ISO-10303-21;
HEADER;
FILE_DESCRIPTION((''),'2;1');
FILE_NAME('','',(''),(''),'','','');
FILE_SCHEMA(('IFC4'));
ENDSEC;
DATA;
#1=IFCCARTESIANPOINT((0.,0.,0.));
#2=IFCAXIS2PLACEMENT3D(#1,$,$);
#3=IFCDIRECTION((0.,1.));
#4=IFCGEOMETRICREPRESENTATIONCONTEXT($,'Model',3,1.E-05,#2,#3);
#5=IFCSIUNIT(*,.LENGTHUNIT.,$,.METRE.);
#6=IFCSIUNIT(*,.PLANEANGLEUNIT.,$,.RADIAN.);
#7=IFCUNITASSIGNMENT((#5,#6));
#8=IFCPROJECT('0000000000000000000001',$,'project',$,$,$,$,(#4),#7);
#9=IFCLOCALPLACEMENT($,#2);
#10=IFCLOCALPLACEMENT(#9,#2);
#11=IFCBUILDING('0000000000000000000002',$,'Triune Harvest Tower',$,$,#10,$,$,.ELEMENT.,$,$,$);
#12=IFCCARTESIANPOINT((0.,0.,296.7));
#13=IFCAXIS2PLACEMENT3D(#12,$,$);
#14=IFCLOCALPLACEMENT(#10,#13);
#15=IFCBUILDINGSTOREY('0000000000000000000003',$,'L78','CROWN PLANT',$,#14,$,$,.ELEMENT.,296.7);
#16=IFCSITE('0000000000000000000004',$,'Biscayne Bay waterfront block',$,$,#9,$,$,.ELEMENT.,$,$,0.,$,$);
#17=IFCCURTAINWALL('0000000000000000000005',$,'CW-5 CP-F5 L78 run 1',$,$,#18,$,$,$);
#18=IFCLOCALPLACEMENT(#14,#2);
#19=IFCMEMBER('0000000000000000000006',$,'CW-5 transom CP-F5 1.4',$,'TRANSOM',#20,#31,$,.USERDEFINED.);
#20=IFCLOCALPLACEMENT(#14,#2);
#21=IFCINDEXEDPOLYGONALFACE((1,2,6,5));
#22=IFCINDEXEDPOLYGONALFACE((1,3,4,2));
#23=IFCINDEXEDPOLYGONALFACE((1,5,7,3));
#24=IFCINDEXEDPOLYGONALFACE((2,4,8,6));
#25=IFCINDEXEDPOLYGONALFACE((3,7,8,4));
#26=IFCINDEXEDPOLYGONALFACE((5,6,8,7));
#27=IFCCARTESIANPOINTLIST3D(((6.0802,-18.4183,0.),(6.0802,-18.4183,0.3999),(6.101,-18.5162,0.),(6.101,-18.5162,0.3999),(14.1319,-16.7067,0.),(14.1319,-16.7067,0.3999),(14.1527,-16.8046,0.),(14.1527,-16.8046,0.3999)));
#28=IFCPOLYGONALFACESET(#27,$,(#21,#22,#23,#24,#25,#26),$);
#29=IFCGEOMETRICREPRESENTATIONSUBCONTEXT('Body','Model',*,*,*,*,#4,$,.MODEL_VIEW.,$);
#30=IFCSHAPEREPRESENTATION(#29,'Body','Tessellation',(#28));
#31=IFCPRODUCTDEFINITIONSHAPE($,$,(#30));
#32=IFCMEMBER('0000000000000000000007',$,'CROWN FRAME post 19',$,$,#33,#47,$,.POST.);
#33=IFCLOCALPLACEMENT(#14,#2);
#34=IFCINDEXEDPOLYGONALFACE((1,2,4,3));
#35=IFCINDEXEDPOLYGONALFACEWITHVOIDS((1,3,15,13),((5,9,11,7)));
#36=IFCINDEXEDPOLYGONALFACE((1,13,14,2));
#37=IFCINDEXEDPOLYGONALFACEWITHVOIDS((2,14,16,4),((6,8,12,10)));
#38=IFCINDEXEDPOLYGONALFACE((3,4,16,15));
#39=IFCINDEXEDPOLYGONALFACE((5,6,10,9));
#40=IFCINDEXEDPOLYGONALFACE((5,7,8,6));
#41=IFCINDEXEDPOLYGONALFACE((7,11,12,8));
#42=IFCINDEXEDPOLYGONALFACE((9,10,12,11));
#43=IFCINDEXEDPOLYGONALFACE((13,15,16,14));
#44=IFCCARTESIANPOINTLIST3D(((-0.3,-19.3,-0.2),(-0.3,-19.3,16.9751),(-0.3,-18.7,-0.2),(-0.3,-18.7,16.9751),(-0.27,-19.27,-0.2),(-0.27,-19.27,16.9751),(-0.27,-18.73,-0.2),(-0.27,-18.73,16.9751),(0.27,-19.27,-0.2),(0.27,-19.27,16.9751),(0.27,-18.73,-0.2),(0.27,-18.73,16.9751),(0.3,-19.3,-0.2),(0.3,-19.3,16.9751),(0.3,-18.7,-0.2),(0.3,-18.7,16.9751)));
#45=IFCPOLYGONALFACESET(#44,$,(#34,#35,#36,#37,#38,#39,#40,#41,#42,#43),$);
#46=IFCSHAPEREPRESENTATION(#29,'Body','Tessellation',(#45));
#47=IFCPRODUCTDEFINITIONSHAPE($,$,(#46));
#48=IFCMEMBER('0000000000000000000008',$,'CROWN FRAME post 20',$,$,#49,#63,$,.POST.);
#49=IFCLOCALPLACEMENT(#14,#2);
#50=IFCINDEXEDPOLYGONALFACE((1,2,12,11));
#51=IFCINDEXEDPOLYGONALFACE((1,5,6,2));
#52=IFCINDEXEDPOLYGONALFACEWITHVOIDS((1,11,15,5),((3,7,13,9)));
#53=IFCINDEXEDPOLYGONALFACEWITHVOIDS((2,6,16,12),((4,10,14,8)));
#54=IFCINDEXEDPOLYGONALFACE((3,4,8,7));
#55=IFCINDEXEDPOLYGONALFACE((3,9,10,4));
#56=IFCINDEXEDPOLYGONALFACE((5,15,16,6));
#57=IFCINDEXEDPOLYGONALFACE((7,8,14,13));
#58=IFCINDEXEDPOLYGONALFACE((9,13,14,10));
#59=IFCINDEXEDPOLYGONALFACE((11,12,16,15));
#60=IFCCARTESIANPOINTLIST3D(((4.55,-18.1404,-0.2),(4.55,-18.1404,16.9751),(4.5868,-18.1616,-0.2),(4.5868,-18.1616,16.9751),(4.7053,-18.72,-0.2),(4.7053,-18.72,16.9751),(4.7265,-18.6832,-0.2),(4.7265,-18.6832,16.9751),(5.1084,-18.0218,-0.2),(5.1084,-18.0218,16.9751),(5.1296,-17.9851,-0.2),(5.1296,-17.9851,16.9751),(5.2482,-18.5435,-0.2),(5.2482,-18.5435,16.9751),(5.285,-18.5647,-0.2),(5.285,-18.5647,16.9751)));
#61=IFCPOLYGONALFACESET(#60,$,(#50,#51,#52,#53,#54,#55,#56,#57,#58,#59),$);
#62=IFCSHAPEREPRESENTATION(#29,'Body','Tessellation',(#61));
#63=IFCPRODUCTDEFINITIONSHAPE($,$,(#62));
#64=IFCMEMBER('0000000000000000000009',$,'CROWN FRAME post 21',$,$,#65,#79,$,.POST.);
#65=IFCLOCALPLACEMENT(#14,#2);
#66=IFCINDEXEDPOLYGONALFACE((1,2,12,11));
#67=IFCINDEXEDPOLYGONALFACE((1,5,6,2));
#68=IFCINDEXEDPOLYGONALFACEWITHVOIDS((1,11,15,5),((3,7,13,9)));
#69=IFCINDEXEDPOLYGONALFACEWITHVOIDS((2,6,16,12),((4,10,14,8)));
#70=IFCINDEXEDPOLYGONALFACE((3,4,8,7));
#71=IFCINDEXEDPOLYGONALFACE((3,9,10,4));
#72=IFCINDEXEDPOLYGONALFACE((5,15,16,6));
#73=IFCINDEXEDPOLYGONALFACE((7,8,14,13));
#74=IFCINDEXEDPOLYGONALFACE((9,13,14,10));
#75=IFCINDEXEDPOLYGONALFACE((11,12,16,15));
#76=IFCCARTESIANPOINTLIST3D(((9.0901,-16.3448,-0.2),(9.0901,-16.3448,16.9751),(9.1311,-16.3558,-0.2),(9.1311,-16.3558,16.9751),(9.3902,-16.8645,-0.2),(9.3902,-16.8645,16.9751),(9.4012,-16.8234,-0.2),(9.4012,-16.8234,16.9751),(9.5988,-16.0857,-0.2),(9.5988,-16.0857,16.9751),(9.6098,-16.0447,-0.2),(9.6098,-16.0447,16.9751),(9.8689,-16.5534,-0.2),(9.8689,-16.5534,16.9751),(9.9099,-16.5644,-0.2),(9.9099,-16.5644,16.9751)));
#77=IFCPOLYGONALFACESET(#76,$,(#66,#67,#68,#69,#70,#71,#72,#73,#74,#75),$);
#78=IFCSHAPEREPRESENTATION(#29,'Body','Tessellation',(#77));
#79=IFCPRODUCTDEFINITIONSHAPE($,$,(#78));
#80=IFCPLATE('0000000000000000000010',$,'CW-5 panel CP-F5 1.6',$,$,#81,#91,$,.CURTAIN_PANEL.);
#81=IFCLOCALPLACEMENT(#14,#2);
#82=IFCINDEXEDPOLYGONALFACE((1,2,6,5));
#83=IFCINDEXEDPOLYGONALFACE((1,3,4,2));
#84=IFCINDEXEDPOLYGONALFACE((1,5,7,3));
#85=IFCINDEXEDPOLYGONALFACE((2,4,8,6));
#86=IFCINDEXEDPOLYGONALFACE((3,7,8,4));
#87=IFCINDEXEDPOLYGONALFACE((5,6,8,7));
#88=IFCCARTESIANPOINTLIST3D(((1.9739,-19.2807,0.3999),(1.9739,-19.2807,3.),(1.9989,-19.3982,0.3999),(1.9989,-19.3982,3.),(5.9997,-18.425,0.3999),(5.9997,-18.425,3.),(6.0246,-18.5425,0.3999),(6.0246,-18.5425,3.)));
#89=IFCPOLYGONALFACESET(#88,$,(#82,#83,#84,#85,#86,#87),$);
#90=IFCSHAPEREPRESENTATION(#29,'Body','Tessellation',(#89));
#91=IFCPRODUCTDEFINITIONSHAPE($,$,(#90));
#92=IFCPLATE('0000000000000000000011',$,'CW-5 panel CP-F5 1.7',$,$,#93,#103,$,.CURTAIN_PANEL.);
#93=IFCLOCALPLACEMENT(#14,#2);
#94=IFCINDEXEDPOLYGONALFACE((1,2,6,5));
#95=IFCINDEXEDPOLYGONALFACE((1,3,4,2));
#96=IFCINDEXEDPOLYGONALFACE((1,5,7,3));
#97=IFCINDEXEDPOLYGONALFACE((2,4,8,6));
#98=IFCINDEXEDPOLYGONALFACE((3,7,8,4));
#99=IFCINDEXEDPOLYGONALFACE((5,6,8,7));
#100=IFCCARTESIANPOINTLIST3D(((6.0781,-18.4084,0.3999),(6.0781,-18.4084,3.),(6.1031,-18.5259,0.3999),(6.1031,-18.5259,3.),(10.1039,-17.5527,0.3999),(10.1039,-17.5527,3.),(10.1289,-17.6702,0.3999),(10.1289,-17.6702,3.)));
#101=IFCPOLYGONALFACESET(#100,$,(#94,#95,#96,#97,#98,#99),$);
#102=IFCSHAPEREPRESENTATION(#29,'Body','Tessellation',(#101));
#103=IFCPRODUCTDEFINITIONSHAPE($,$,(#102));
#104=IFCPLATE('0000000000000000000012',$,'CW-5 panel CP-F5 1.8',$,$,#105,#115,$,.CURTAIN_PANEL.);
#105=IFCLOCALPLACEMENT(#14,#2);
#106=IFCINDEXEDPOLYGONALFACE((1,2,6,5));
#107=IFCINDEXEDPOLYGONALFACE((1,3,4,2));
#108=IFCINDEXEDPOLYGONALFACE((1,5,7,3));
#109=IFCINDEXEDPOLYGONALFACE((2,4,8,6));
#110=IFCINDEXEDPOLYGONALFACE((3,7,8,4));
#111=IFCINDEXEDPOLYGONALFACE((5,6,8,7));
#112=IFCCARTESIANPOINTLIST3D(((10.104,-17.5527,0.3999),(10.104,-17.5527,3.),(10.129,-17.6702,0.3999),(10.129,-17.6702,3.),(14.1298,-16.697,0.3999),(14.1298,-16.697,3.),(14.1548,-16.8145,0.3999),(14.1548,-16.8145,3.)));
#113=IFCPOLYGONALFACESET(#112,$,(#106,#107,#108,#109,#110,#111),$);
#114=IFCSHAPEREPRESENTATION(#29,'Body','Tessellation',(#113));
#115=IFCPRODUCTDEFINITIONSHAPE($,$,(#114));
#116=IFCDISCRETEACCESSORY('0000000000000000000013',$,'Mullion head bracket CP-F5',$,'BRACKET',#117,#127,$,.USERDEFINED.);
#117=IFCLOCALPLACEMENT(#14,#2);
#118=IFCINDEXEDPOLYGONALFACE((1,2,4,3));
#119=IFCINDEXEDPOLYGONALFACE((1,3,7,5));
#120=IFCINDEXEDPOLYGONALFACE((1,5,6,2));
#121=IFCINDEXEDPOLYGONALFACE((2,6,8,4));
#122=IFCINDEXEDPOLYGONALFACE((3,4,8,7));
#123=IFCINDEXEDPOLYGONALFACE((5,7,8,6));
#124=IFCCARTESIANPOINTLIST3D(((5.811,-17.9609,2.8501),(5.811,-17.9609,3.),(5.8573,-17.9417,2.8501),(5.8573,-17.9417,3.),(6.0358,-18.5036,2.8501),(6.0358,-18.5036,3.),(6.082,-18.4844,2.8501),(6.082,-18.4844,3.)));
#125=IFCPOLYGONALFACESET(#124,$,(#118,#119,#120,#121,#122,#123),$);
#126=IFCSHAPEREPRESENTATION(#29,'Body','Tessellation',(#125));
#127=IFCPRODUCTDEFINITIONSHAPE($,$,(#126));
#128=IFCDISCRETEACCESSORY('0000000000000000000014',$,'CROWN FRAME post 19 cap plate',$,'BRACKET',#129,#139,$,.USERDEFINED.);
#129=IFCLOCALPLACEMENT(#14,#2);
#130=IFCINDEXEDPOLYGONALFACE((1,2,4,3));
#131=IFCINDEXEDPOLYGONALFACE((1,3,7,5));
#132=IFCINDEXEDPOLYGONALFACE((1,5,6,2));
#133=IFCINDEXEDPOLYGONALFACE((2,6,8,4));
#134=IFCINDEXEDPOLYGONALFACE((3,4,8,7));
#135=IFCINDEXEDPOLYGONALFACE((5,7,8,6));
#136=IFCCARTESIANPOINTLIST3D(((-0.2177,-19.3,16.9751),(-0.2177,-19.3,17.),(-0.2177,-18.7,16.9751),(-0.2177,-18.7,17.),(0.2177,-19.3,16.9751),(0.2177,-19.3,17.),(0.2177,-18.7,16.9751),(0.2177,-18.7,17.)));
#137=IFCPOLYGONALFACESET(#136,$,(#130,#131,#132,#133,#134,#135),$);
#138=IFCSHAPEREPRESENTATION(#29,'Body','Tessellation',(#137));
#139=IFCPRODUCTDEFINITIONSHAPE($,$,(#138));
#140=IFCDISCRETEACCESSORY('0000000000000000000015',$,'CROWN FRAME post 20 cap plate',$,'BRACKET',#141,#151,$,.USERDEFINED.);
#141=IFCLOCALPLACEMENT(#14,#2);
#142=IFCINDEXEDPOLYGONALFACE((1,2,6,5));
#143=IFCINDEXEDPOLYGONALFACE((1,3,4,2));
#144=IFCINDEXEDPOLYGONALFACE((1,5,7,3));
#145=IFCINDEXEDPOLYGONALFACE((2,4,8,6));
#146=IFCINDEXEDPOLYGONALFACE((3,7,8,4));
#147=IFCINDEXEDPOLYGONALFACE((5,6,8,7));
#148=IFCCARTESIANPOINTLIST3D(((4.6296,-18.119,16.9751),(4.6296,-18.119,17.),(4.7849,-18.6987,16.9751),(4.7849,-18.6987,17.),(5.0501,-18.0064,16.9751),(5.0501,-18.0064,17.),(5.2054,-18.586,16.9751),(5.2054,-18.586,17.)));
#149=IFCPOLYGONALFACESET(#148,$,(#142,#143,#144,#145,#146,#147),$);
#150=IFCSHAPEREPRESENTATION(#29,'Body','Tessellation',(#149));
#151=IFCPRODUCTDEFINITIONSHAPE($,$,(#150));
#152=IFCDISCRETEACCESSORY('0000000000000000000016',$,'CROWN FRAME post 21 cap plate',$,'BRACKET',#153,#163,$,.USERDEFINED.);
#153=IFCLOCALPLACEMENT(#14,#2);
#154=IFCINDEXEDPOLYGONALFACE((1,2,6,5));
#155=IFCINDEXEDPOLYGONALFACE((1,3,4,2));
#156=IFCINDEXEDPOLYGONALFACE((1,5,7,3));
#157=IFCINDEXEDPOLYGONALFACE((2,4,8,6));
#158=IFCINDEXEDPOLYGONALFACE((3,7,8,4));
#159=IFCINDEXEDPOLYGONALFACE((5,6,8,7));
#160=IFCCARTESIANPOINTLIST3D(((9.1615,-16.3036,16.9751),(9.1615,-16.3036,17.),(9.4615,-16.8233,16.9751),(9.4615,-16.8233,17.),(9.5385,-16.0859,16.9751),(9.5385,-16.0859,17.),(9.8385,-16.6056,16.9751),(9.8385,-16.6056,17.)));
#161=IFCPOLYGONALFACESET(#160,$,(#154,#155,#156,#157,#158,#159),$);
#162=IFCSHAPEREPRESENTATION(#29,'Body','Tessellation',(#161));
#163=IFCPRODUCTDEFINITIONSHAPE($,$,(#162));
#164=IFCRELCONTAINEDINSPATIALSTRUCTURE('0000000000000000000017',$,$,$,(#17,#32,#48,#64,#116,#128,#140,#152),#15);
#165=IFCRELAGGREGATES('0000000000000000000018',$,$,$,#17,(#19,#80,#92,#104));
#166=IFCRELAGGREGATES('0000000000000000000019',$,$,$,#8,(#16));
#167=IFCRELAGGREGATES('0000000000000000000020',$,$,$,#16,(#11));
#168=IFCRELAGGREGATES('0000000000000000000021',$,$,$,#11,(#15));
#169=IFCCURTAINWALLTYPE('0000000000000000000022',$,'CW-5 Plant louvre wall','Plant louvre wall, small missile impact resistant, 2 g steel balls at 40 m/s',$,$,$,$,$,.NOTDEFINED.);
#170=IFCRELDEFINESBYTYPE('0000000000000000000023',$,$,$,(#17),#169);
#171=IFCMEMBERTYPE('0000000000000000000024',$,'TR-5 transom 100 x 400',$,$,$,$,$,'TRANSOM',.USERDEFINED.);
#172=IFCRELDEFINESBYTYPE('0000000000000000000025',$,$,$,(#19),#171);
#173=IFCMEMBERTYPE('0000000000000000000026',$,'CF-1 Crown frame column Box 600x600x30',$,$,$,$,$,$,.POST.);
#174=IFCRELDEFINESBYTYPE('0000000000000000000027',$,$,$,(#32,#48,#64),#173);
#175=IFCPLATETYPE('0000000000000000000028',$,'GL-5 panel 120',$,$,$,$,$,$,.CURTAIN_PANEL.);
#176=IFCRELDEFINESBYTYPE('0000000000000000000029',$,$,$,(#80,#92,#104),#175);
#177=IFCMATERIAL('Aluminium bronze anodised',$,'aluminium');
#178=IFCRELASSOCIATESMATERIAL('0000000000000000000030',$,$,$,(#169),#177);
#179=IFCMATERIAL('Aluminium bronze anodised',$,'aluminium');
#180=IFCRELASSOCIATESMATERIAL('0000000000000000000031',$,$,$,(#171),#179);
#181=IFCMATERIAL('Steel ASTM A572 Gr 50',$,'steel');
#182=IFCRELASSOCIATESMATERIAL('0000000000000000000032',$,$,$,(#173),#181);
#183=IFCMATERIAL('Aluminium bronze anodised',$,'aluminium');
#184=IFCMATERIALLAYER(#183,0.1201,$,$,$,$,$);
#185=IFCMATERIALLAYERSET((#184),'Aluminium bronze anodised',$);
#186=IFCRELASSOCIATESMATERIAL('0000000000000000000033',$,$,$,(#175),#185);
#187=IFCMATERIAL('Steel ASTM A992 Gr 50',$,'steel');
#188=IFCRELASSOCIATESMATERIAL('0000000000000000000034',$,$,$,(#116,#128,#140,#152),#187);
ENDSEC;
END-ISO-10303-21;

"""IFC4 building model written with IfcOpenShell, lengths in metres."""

from ifc_helpers import new_model, si_unit, direction, frame, origin, origin_2d, place, context, subcontext, project, spatial, rectangle, hollow_rectangle, extrude, source, transform, mapped, material, layer, layer_set, material_profile, profile_set, type_object, element, aggregate, save


model = new_model("IFC4")

# Units and contexts
model_context = context("Model", 3, precision=1e-05, world=origin(), true_north=direction((0.0, 1.0)))
body_context = subcontext(model_context, "Body", "Model", "MODEL_VIEW")
ifc_project = project(units=[si_unit("LENGTHUNIT", "METRE"), si_unit("PLANEANGLEUNIT", "RADIAN")], contexts=[model_context])

# Site, building, storey
site_placement = place(None, origin())
site = spatial("IfcSite", under=ifc_project, at=site_placement, Name="Biscayne Bay waterfront block", CompositionType="ELEMENT", RefElevation=0.0)
building_placement = place(site_placement, origin())
building = spatial("IfcBuilding", under=site, at=building_placement, Name="Triune Harvest Tower", CompositionType="ELEMENT")
storey_placement = place(building_placement, frame((0.0, 0.0, 296.7)))
storey = spatial("IfcBuildingStorey", under=building, at=storey_placement, Name="L78", Description="CROWN PLANT", CompositionType="ELEMENT", Elevation=296.7)

# Curtain wall, member
ifc_material_1 = material(Name="Aluminium bronze anodised", Category="aluminium")
curtain_wall_type = type_object("IfcCurtainWallType", Name="CW-5 Plant louvre wall", Description="Plant louvre wall, small missile impact resistant, 2 g steel balls at 40 m/s", PredefinedType="NOTDEFINED", material=ifc_material_1)
curtain_wall_placement = place(storey_placement, origin())
curtain_wall = element("IfcCurtainWall", 1, at=curtain_wall_placement, inside=storey, type_object=curtain_wall_type, Name="CW-5 CP-F5 L78 run 1")
ifc_material_2 = material(Name="Aluminium bronze anodised", Category="aluminium")
ifc_material_profile_1 = material_profile(ifc_material_2, rectangle(XDim=0.1001, YDim=0.3999, at=origin_2d()), Name="TR-5 transom 100 x 400")
ifc_profile_set_1 = profile_set([ifc_material_profile_1], Name="Aluminium bronze anodised")
member_type_1 = type_object("IfcMemberType", Name="TR-5 transom 100 x 400", ElementType="TRANSOM", PredefinedType="USERDEFINED", material=ifc_profile_set_1)
shared_shape_1 = source(origin(), body_context, "Body", "SweptSolid", [
    extrude(rectangle(XDim=0.1001, YDim=0.3999, at=origin_2d()), origin(), (0.0, 0.0, 1.0), 8.2317),
])
member_1_placement = place(storey_placement, frame((6.0906, -18.4673, 0.2), z_axis=(0.978142, 0.207937, 0.0), x_axis=(-0.207937, 0.978142, 0.0)))
member_1 = element("IfcMember", 2, at=member_1_placement, type_object=member_type_1, Name="CW-5 transom CP-F5 1.4", ObjectType="TRANSOM", PredefinedType="USERDEFINED", context=body_context, shape_type="MappedRepresentation", body=[
    mapped(shared_shape_1, transform((0.0, 0.0, 0.0), scale=1.0)),
])

# Members
ifc_material_3 = material(Name="Steel ASTM A572 Gr 50", Category="steel")
ifc_material_profile_2 = material_profile(ifc_material_3, hollow_rectangle(XDim=0.6001, YDim=0.6001, WallThickness=0.03, at=origin_2d()), Name="Box 600x600x30")
ifc_profile_set_2 = profile_set([ifc_material_profile_2], Name="Steel ASTM A572 Gr 50")
member_type_2 = type_object("IfcMemberType", Name="CF-1 Crown frame column Box 600x600x30", PredefinedType="POST", material=ifc_profile_set_2)
shared_shape_2 = source(origin(), body_context, "Body", "SweptSolid", [
    extrude(hollow_rectangle(XDim=0.6001, YDim=0.6001, WallThickness=0.03, at=origin_2d()), origin(), (0.0, 0.0, 1.0), 17.175),
])
for number, where, z_axis, x_axis, name in (
    (3, (0.0, -19.0, -0.2), (0.0, 0.0, 1.0), (1.0, 0.0, 0.0), "CROWN FRAME post 19"),
    (4, (4.9175, -18.3525, -0.2), (0.0, 0.0, 1.0), (0.965926, 0.258819, 0.0), "CROWN FRAME post 20"),
    (5, (9.5, -16.4546, -0.2), (0.0, 0.0, 1.0), (0.866025, 0.5, 0.0), "CROWN FRAME post 21"),
):
    element("IfcMember", number, at=place(storey_placement, frame(where, z_axis=z_axis, x_axis=x_axis)), inside=storey, type_object=member_type_2, Name=name, PredefinedType="POST", context=body_context, shape_type="MappedRepresentation", body=[
        mapped(shared_shape_2, transform((0.0, 0.0, 0.0), scale=1.0)),
    ])

# Plates
ifc_material_4 = material(Name="Aluminium bronze anodised", Category="aluminium")
ifc_layer = layer(ifc_material_4, 0.1201)
ifc_layer_set = layer_set([ifc_layer], Name="Aluminium bronze anodised")
plate_type = type_object("IfcPlateType", Name="GL-5 panel 120", PredefinedType="CURTAIN_PANEL", material=ifc_layer_set)
shared_shape_3 = source(origin(), body_context, "Body", "SweptSolid", [
    extrude(rectangle(XDim=4.1157, YDim=0.1201, at=origin_2d()), origin(), (0.0, 0.0, 1.0), 2.6001),
])
plate_1_placement = place(storey_placement, frame((3.9993, -18.9116, 0.3999), z_axis=(0.0, 0.0, 1.0), x_axis=(0.978148, 0.207911, 0.0)))
plate_1 = element("IfcPlate", 6, at=plate_1_placement, type_object=plate_type, Name="CW-5 panel CP-F5 1.6", PredefinedType="CURTAIN_PANEL", context=body_context, shape_type="MappedRepresentation", body=[
    mapped(shared_shape_3, transform((0.0, 0.0, 0.0), scale=1.0)),
])
plate_2_placement = place(storey_placement, frame((8.1035, -18.0393, 0.3999), z_axis=(0.0, 0.0, 1.0), x_axis=(0.978148, 0.207911, 0.0)))
plate_2 = element("IfcPlate", 7, at=plate_2_placement, type_object=plate_type, Name="CW-5 panel CP-F5 1.7", PredefinedType="CURTAIN_PANEL", context=body_context, shape_type="MappedRepresentation", body=[
    mapped(shared_shape_3, transform((0.0, 0.0, 0.0), scale=1.0)),
])
plate_3_placement = place(storey_placement, frame((12.1294, -17.1836, 0.3999), z_axis=(0.0, 0.0, 1.0), x_axis=(0.978148, 0.207911, 0.0)))
plate_3 = element("IfcPlate", 8, at=plate_3_placement, type_object=plate_type, Name="CW-5 panel CP-F5 1.8", PredefinedType="CURTAIN_PANEL", context=body_context, shape_type="MappedRepresentation", body=[
    mapped(shared_shape_3, transform((0.0, 0.0, 0.0), scale=1.0)),
])
aggregate(curtain_wall, [member_1, plate_1, plate_2, plate_3])

# Discrete accessories
ifc_material_5 = material(Name="Steel ASTM A992 Gr 50", Category="steel")
shared_shape_4 = source(origin(), body_context, "Body", "SweptSolid", [
    extrude(rectangle(XDim=0.5874, YDim=0.05, at=origin_2d()), origin(), (0.0, 0.0, 1.0), 0.1499),
])
discrete_accessory_placement = place(storey_placement, frame((5.9465, -18.2227, 2.8501), z_axis=(0.0, 0.0, 1.0), x_axis=(-0.382685, 0.923879, 0.0)))
element("IfcDiscreteAccessory", 9, at=discrete_accessory_placement, inside=storey, material=ifc_material_5, Name="Mullion head bracket CP-F5", ObjectType="BRACKET", PredefinedType="USERDEFINED", context=body_context, shape_type="MappedRepresentation", body=[
    mapped(shared_shape_4, transform((0.0, 0.0, 0.0), scale=1.0)),
])
shared_shape_5 = source(origin(), body_context, "Body", "SweptSolid", [
    extrude(rectangle(XDim=0.6001, YDim=0.4353, at=origin_2d()), origin(), (0.0, 0.0, 1.0), 0.0249),
])
for number, where, z_axis, x_axis, name in (
    (10, (0.0, -19.0, 16.9751), (0.0, 0.0, 1.0), (0.0, -1.0, 0.0), "CROWN FRAME post 19 cap plate"),
    (11, (4.9175, -18.3525, 16.9751), (0.0, 0.0, 1.0), (0.258819, -0.965926, 0.0), "CROWN FRAME post 20 cap plate"),
    (12, (9.5, -16.4546, 16.9751), (0.0, 0.0, 1.0), (0.5, -0.866025, 0.0), "CROWN FRAME post 21 cap plate"),
):
    element("IfcDiscreteAccessory", number, at=place(storey_placement, frame(where, z_axis=z_axis, x_axis=x_axis)), inside=storey, material=ifc_material_5, Name=name, ObjectType="BRACKET", PredefinedType="USERDEFINED", context=body_context, shape_type="MappedRepresentation", body=[
        mapped(shared_shape_5, transform((0.0, 0.0, 0.0), scale=1.0)),
    ])

save(model, "model.ifc")
